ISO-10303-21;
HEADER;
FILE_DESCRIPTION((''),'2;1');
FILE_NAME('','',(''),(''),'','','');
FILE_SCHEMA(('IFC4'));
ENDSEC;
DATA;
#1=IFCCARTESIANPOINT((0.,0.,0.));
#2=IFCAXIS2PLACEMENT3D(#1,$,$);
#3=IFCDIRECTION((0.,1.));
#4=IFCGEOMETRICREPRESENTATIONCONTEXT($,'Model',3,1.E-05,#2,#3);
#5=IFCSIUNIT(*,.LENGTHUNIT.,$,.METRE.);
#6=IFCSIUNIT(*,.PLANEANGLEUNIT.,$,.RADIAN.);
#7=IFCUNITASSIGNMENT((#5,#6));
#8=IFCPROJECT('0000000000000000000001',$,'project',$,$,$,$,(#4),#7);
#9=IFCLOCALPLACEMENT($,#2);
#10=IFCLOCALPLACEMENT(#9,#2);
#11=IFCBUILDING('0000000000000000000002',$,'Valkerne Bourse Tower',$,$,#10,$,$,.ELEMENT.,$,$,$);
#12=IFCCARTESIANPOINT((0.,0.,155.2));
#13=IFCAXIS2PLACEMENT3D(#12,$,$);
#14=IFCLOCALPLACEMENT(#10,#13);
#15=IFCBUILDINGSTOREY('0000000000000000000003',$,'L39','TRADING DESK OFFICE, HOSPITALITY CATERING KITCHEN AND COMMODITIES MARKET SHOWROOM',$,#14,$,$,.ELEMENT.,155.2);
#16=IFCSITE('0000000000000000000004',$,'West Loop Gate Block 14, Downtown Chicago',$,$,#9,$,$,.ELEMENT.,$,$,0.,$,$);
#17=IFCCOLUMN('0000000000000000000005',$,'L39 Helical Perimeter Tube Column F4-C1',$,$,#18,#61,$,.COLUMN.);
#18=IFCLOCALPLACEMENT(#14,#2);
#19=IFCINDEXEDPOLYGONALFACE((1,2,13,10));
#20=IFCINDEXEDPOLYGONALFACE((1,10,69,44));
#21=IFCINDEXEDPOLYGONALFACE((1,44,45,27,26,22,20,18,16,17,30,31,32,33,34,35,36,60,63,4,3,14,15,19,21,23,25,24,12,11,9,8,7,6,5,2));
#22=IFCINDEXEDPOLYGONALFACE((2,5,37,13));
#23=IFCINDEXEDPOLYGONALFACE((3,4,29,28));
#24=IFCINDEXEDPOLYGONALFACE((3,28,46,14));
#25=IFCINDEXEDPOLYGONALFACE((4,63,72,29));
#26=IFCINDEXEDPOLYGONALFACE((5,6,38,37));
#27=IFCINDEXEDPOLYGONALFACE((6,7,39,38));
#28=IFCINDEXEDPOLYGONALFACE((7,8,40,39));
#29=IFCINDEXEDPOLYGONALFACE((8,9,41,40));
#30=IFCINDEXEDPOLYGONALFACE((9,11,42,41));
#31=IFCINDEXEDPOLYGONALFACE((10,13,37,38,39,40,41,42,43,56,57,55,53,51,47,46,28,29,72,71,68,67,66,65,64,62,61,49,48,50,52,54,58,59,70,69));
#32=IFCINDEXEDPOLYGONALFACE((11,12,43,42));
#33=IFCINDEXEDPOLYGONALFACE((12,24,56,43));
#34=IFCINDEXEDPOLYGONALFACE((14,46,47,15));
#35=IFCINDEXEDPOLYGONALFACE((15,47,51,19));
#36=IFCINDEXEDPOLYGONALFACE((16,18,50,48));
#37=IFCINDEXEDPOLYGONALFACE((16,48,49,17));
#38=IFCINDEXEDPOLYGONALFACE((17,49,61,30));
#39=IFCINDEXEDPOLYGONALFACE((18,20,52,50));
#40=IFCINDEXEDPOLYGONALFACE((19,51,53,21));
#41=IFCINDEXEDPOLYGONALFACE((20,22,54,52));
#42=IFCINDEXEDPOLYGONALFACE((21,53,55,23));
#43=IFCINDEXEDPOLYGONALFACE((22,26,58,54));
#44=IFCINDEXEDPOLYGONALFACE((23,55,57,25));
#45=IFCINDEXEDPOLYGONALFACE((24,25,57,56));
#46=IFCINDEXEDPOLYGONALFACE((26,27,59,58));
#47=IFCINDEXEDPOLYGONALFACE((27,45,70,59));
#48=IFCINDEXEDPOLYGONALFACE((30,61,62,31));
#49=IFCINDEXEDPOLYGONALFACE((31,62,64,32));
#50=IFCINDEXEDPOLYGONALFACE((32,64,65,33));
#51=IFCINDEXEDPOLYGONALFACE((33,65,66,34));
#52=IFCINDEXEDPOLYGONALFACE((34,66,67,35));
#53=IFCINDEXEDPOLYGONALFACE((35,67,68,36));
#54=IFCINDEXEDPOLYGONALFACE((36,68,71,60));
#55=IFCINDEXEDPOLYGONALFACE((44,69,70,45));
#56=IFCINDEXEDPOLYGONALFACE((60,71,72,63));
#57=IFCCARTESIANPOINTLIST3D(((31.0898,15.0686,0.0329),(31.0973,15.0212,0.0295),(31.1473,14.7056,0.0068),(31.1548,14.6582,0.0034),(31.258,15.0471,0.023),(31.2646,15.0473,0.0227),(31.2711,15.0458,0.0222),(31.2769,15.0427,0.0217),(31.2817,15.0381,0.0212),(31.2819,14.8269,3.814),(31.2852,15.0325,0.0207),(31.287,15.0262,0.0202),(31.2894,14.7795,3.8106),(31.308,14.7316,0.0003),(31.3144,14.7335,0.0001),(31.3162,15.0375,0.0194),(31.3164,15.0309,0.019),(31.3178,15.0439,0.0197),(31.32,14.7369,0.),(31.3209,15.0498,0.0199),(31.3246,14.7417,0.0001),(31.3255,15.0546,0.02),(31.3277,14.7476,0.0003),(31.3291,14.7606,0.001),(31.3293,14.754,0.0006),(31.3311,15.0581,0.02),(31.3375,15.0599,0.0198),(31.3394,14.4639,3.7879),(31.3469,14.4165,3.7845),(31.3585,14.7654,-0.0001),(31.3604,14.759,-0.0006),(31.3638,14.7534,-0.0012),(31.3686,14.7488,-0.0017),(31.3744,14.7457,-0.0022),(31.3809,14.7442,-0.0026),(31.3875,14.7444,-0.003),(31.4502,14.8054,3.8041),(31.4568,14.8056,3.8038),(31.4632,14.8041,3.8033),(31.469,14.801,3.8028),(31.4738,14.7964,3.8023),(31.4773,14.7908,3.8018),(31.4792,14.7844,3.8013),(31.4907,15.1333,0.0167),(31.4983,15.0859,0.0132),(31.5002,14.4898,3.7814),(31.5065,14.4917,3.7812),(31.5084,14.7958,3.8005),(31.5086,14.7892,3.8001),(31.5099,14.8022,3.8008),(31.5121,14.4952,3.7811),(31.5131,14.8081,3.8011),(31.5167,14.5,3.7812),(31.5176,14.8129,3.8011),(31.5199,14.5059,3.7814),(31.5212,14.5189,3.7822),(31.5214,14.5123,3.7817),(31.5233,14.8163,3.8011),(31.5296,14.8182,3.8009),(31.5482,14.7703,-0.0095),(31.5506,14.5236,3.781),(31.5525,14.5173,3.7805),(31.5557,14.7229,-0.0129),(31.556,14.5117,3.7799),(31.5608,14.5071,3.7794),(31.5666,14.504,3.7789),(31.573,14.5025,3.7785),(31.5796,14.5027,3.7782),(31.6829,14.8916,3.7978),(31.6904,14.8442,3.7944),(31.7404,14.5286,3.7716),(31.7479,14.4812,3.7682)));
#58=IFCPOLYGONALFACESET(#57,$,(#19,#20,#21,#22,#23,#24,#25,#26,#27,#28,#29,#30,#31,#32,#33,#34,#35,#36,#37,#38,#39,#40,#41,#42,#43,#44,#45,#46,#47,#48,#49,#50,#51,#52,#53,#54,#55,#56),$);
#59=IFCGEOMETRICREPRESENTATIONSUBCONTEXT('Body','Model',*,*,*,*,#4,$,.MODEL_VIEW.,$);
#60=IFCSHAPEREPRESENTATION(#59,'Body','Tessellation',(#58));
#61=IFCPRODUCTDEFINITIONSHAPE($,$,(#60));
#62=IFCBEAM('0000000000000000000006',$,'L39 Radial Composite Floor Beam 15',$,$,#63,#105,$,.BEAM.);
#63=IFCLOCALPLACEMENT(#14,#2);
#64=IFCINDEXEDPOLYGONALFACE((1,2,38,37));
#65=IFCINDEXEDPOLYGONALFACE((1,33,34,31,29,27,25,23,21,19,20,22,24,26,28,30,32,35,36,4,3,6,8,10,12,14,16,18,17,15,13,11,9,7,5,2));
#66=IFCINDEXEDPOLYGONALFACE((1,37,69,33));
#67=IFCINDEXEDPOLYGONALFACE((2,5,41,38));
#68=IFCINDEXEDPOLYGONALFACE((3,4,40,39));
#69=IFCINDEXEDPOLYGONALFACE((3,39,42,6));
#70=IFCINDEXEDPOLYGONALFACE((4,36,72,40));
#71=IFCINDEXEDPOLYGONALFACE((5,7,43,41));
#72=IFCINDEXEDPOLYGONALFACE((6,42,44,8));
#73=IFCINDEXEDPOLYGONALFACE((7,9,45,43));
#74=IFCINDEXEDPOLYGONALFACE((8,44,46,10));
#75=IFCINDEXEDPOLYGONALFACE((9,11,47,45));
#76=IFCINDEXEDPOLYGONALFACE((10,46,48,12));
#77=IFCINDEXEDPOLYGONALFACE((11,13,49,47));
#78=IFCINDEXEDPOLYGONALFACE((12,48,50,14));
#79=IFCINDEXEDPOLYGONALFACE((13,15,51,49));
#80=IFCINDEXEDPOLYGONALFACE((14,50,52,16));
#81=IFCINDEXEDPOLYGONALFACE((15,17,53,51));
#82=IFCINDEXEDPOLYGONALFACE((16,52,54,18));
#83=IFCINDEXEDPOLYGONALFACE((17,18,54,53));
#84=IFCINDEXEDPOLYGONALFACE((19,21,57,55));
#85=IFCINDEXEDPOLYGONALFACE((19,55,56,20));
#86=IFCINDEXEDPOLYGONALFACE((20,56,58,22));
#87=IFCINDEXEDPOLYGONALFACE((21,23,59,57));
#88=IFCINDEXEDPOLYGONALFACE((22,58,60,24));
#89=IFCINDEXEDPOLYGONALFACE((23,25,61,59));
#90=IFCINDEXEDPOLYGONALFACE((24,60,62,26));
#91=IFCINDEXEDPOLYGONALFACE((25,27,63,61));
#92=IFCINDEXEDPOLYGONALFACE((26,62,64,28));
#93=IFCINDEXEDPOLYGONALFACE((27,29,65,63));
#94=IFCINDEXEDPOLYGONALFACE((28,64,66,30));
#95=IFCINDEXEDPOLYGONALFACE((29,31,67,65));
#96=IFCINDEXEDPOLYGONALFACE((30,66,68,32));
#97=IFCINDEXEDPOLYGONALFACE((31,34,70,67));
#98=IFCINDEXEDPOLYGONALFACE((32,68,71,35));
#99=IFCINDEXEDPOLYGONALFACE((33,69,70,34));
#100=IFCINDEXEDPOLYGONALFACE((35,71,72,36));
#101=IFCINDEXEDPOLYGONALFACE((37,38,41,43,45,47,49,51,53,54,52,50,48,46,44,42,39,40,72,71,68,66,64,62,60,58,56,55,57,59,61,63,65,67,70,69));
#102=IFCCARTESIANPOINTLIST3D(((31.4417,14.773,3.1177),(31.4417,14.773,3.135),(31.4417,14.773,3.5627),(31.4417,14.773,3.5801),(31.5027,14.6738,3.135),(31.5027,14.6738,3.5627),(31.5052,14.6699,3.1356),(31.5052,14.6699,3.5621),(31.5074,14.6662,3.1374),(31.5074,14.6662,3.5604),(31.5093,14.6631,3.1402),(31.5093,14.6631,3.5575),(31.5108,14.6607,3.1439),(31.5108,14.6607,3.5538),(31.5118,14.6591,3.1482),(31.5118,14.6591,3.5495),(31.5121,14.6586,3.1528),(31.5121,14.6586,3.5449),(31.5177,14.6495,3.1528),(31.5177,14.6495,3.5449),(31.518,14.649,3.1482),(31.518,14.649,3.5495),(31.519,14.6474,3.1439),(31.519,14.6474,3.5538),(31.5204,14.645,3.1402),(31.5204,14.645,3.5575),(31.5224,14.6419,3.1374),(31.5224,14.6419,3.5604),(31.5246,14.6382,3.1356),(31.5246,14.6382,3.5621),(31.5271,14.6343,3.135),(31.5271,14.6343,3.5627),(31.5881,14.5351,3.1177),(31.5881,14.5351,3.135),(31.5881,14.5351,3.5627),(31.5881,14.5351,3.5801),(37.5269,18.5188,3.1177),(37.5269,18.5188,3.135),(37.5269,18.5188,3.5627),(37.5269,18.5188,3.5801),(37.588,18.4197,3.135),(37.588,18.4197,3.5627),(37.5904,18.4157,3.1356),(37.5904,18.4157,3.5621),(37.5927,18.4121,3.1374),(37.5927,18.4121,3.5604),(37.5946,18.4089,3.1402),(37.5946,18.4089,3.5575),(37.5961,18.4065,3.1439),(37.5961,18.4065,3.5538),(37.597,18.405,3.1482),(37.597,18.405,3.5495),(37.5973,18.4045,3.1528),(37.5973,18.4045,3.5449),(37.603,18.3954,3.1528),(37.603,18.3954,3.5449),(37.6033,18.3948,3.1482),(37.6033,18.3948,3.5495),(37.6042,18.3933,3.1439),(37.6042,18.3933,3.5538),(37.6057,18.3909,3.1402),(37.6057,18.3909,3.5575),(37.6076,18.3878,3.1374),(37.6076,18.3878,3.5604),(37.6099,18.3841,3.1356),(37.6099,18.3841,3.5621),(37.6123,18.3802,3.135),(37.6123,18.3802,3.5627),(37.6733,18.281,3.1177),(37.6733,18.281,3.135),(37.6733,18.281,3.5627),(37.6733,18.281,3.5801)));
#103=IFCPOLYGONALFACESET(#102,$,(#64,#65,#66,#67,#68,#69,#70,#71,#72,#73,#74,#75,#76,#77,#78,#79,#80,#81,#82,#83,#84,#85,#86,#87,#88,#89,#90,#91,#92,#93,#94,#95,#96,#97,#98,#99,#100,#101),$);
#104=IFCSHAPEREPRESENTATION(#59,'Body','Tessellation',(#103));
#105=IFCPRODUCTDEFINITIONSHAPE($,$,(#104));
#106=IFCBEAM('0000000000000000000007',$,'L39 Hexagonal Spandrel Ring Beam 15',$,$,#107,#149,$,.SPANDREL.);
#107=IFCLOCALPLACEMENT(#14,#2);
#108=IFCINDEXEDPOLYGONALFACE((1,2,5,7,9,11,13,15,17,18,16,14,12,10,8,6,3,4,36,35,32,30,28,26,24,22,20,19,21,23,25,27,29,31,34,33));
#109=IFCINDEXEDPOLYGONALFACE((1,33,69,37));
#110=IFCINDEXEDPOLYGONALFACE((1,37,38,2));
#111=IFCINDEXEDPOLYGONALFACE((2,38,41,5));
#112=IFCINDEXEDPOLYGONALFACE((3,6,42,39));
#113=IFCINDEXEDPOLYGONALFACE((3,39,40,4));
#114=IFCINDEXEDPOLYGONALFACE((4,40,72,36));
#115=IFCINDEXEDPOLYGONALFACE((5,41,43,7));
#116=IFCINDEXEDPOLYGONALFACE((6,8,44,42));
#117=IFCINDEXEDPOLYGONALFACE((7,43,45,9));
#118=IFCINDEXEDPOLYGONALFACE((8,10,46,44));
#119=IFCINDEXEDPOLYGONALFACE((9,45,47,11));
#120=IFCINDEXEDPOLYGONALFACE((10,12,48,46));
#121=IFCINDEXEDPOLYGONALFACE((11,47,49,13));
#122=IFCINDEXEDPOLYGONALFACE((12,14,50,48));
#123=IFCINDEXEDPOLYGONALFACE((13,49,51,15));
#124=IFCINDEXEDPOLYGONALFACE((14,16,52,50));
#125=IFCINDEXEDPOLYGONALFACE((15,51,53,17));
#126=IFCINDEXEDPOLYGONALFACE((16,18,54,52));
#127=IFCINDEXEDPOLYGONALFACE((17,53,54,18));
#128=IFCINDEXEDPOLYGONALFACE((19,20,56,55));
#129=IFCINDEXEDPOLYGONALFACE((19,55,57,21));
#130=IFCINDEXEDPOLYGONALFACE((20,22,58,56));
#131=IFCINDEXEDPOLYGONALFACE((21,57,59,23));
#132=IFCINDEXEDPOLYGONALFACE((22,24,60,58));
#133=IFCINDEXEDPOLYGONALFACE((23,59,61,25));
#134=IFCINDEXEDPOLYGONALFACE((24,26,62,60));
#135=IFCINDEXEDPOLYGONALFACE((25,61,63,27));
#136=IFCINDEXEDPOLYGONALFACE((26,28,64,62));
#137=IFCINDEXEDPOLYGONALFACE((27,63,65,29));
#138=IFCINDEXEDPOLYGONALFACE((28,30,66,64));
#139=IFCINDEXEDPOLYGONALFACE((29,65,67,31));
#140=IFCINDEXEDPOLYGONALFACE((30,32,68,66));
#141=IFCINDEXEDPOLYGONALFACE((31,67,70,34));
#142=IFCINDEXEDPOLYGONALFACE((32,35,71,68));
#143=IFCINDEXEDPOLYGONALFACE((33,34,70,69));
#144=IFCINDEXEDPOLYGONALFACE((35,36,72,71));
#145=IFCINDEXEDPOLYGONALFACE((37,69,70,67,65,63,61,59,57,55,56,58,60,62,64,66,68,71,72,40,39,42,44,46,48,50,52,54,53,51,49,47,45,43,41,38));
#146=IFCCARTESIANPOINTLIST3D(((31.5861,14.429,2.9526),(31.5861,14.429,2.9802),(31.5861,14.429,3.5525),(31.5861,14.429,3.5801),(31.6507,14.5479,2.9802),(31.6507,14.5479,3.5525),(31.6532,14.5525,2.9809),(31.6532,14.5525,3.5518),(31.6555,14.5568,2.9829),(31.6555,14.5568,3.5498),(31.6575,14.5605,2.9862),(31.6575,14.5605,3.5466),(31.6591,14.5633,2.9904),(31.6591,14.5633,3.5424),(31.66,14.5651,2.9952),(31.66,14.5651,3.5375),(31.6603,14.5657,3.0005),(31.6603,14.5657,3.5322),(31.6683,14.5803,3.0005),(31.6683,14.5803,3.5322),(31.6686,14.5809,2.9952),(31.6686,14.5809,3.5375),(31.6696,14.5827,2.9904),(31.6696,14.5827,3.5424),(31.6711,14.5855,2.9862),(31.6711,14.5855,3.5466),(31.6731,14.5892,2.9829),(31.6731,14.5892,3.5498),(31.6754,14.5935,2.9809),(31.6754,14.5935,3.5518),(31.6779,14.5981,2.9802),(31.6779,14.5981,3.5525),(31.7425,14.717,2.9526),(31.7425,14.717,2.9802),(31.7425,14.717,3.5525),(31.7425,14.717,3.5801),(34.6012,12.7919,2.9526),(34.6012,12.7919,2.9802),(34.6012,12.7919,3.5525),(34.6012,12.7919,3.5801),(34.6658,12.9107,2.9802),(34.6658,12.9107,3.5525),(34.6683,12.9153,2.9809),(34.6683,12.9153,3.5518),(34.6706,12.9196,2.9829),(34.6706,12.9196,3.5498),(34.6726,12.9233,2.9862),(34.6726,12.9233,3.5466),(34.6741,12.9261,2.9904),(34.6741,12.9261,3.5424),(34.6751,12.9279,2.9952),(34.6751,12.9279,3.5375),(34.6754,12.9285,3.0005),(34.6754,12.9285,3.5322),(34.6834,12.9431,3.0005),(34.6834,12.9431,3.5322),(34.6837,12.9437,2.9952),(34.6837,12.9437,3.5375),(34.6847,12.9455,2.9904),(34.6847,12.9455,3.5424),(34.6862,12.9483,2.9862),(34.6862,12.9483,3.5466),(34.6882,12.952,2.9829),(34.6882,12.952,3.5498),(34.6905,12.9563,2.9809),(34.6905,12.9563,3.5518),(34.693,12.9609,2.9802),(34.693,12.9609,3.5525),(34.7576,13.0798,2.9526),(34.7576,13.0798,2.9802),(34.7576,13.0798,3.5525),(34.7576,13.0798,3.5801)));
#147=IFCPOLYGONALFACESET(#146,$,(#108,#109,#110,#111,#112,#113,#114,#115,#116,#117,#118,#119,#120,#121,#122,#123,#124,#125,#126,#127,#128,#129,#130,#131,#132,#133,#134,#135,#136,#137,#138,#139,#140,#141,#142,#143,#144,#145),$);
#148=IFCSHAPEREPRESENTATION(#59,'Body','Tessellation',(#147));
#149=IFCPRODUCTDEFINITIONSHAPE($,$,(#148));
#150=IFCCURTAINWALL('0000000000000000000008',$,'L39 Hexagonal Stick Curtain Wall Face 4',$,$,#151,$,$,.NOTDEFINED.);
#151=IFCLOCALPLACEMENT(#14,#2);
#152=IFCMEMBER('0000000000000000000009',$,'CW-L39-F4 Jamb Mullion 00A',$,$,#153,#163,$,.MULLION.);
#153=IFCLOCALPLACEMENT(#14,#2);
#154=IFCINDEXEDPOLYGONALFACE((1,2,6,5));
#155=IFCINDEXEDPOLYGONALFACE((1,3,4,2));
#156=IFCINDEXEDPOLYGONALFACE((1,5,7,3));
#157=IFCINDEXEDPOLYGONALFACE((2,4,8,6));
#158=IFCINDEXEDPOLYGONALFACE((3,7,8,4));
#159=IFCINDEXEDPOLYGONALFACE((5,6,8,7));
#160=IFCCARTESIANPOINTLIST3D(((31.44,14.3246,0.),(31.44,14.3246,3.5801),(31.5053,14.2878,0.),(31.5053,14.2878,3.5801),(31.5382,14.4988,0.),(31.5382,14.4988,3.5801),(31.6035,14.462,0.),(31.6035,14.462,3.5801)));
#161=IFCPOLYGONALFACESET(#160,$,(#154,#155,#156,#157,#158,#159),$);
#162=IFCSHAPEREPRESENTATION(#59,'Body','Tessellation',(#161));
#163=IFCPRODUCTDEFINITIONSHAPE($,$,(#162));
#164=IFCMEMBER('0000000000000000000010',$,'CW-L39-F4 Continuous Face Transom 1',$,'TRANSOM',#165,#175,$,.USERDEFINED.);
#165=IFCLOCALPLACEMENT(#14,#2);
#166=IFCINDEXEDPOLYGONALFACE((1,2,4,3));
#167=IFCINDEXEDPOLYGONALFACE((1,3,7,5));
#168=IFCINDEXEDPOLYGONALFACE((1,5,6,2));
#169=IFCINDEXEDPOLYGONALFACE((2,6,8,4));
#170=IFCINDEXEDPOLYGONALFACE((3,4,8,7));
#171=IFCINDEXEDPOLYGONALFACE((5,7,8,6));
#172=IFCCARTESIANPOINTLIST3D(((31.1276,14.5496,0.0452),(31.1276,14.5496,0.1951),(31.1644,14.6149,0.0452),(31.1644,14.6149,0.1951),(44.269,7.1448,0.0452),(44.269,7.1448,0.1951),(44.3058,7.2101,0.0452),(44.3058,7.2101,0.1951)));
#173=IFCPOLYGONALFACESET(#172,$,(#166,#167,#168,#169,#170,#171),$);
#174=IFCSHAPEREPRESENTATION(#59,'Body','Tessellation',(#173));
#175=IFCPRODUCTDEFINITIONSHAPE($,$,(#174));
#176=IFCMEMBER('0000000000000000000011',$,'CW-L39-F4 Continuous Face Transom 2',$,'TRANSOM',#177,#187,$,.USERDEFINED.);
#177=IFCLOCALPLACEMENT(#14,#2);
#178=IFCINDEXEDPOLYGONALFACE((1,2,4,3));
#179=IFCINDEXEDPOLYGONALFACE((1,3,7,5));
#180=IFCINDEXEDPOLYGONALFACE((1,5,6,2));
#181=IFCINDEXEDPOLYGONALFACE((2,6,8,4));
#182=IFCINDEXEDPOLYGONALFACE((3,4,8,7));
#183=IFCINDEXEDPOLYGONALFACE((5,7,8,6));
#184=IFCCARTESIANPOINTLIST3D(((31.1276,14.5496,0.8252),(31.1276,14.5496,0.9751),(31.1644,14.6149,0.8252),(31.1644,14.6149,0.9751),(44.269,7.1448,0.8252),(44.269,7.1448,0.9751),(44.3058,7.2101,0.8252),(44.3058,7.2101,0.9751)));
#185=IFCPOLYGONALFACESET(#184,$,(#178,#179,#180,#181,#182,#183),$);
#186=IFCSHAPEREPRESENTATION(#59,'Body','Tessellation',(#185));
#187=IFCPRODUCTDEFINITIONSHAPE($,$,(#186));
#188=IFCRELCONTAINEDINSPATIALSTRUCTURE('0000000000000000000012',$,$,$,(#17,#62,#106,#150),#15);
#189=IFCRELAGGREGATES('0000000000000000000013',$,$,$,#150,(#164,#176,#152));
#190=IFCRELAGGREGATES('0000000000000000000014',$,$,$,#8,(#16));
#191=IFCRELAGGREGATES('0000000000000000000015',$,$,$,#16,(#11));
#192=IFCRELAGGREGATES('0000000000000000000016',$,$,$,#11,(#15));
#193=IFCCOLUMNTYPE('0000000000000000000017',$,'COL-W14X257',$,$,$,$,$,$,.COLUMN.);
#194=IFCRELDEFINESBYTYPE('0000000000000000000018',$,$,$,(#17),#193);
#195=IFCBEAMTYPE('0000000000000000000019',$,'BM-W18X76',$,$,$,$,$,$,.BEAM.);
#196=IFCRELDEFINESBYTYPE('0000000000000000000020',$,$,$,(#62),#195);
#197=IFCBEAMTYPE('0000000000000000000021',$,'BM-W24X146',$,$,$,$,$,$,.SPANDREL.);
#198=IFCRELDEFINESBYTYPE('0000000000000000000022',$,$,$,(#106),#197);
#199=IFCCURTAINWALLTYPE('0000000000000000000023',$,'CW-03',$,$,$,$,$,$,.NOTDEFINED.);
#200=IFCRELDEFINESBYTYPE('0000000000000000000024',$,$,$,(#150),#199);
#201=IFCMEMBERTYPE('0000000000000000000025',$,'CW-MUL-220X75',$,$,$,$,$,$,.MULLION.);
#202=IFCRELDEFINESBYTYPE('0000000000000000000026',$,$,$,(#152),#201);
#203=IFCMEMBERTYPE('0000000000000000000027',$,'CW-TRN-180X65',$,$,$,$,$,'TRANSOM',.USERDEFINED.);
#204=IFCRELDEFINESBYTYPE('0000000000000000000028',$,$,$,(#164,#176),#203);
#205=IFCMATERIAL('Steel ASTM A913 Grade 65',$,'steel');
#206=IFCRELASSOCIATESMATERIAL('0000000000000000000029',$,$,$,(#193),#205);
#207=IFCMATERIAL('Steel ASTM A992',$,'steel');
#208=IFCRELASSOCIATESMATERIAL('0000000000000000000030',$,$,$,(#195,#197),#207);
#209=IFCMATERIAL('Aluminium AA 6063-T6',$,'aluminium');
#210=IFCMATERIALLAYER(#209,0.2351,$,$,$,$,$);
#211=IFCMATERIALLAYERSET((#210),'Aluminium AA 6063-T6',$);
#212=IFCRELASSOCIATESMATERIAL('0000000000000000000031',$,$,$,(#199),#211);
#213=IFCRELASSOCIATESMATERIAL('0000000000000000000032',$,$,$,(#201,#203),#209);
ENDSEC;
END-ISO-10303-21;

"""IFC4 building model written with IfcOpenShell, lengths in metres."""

from ifc_helpers import new_model, si_unit, direction, frame, origin, origin_2d, place, context, subcontext, project, spatial, rectangle, i_section, extrude, material, layer, layer_set, material_profile, profile_set, type_object, element, aggregate, save


model = new_model("IFC4")

# Units and contexts
model_context = context("Model", 3, precision=1e-05, world=origin(), true_north=direction((0.0, 1.0)))
body_context = subcontext(model_context, "Body", "Model", "MODEL_VIEW")
ifc_project = project(units=[si_unit("LENGTHUNIT", "METRE"), si_unit("PLANEANGLEUNIT", "RADIAN")], contexts=[model_context])

# Site, building, storey
site_placement = place(None, origin())
site = spatial("IfcSite", under=ifc_project, at=site_placement, Name="West Loop Gate Block 14, Downtown Chicago", CompositionType="ELEMENT", RefElevation=0.0)
building_placement = place(site_placement, origin())
building = spatial("IfcBuilding", under=site, at=building_placement, Name="Valkerne Bourse Tower", CompositionType="ELEMENT")
storey_placement = place(building_placement, frame((0.0, 0.0, 155.2)))
storey = spatial("IfcBuildingStorey", under=building, at=storey_placement, Name="L39", Description="TRADING DESK OFFICE, HOSPITALITY CATERING KITCHEN AND COMMODITIES MARKET SHOWROOM", CompositionType="ELEMENT", Elevation=155.2)

# Column
ifc_material_1 = material(Name="Steel ASTM A913 Grade 65", Category="steel")
ifc_material_profile_1 = material_profile(ifc_material_1, i_section(OverallWidth=0.4065, OverallDepth=0.4165, WebThickness=0.0298, FlangeThickness=0.0481, FilletRadius=0.0254, at=origin_2d()), Name="W14X257")
ifc_profile_set_1 = profile_set([ifc_material_profile_1], Name="Steel ASTM A913 Grade 65")
column_type = type_object("IfcColumnType", Name="COL-W14X257", PredefinedType="COLUMN", material=ifc_profile_set_1)
column_placement = place(storey_placement, frame((31.3228, 14.8958, 0.01), z_axis=(0.050648, -0.063712, 0.996682), x_axis=(0.986447, 0.159139, -0.039955)))
element("IfcColumn", 1, at=column_placement, inside=storey, type_object=column_type, Name="L39 Helical Perimeter Tube Column F4-C1", PredefinedType="COLUMN", context=body_context, shape_type="SweptSolid", body=[
    extrude(i_section(OverallWidth=0.4065, OverallDepth=0.4165, WebThickness=0.0298, FlangeThickness=0.0481, FilletRadius=0.0254, at=origin_2d()), origin(), (0.0, 0.0, 1.0), 3.7937),
])

# Beams
ifc_material_2 = material(Name="Steel ASTM A992", Category="steel")
ifc_material_profile_2 = material_profile(ifc_material_2, i_section(OverallWidth=0.2793, OverallDepth=0.4624, WebThickness=0.0107, FlangeThickness=0.0173, FilletRadius=0.0178, at=origin_2d()), Name="W18X76")
ifc_profile_set_2 = profile_set([ifc_material_profile_2], Name="Steel ASTM A992")
beam_type_1 = type_object("IfcBeamType", Name="BM-W18X76", PredefinedType="BEAM", material=ifc_profile_set_2)
beam_1_placement = place(storey_placement, frame((31.5149, 14.6541, 3.3489), z_axis=(0.851589, 0.52421, 0.0), x_axis=(-0.52421, 0.851589, 0.0)))
element("IfcBeam", 2, at=beam_1_placement, inside=storey, type_object=beam_type_1, Name="L39 Radial Composite Floor Beam 15", PredefinedType="BEAM", context=body_context, shape_type="SweptSolid", body=[
    extrude(i_section(OverallWidth=0.2793, OverallDepth=0.4624, WebThickness=0.0107, FlangeThickness=0.0173, FilletRadius=0.0178, at=origin_2d()), origin(), (0.0, 0.0, 1.0), 7.1458),
])
ifc_material_profile_3 = material_profile(ifc_material_2, i_section(OverallWidth=0.3276, OverallDepth=0.6274, WebThickness=0.0166, FlangeThickness=0.0276, FilletRadius=0.0203, at=origin_2d()), Name="W24X146")
ifc_profile_set_3 = profile_set([ifc_material_profile_3], Name="Steel ASTM A992")
beam_type_2 = type_object("IfcBeamType", Name="BM-W24X146", PredefinedType="SPANDREL", material=ifc_profile_set_3)
beam_2_placement = place(storey_placement, frame((31.6643, 14.573, 3.2664), z_axis=(0.878802, -0.477186, 0.0), x_axis=(0.477186, 0.878802, 0.0)))
element("IfcBeam", 3, at=beam_2_placement, inside=storey, type_object=beam_type_2, Name="L39 Hexagonal Spandrel Ring Beam 15", PredefinedType="SPANDREL", context=body_context, shape_type="SweptSolid", body=[
    extrude(i_section(OverallWidth=0.3276, OverallDepth=0.6274, WebThickness=0.0166, FlangeThickness=0.0276, FilletRadius=0.0203, at=origin_2d()), origin(), (0.0, 0.0, 1.0), 3.4309),
])

# Curtain wall, members
ifc_material_3 = material(Name="Aluminium AA 6063-T6", Category="aluminium")
ifc_layer_1 = layer(ifc_material_3, 0.2351)
ifc_layer_set_1 = layer_set([ifc_layer_1], Name="Aluminium AA 6063-T6")
curtain_wall_type = type_object("IfcCurtainWallType", Name="CW-03", PredefinedType="NOTDEFINED", material=ifc_layer_set_1)
curtain_wall_placement = place(storey_placement, origin())
curtain_wall = element("IfcCurtainWall", 4, at=curtain_wall_placement, inside=storey, type_object=curtain_wall_type, Name="L39 Hexagonal Stick Curtain Wall Face 4", PredefinedType="NOTDEFINED")
ifc_material_profile_4 = material_profile(ifc_material_3, rectangle(XDim=0.075, YDim=0.2, at=origin_2d()), Name="CWM-75X200")
ifc_profile_set_4 = profile_set([ifc_material_profile_4], Name="Aluminium AA 6063-T6")
member_type_1 = type_object("IfcMemberType", Name="CW-MUL-220X75", PredefinedType="MULLION", material=ifc_profile_set_4)
member_1_placement = place(storey_placement, frame((31.5217, 14.3933, 0.0), z_axis=(0.0, 0.0, 1.0), x_axis=(0.871217, -0.490898, 0.0)))
member_1 = element("IfcMember", 5, at=member_1_placement, type_object=member_type_1, Name="CW-L39-F4 Jamb Mullion 00A", PredefinedType="MULLION", context=body_context, shape_type="SweptSolid", body=[
    extrude(rectangle(XDim=0.075, YDim=0.2, at=origin_2d()), origin(), (0.0, 0.0, 1.0), 3.5801),
])
ifc_material_profile_5 = material_profile(ifc_material_3, rectangle(XDim=0.075, YDim=0.1499, at=origin_2d()), Name="CWT-75X150")
ifc_profile_set_5 = profile_set([ifc_material_profile_5], Name="Aluminium AA 6063-T6")
member_type_2 = type_object("IfcMemberType", Name="CW-TRN-180X65", ElementType="TRANSOM", PredefinedType="USERDEFINED", material=ifc_profile_set_5)
member_2_placement = place(storey_placement, frame((31.146, 14.5823, 0.1201), z_axis=(0.871214, -0.490904, 0.0), x_axis=(0.490904, 0.871214, 0.0)))
member_2 = element("IfcMember", 6, at=member_2_placement, type_object=member_type_2, Name="CW-L39-F4 Continuous Face Transom 1", ObjectType="TRANSOM", PredefinedType="USERDEFINED", context=body_context, shape_type="SweptSolid", body=[
    extrude(rectangle(XDim=0.075, YDim=0.1499, at=origin_2d()), origin(), (0.0, 0.0, 1.0), 15.084),
])
member_3_placement = place(storey_placement, frame((31.146, 14.5823, 0.9001), z_axis=(0.871214, -0.490904, 0.0), x_axis=(0.490904, 0.871214, 0.0)))
member_3 = element("IfcMember", 7, at=member_3_placement, type_object=member_type_2, Name="CW-L39-F4 Continuous Face Transom 2", ObjectType="TRANSOM", PredefinedType="USERDEFINED", context=body_context, shape_type="SweptSolid", body=[
    extrude(rectangle(XDim=0.075, YDim=0.1499, at=origin_2d()), origin(), (0.0, 0.0, 1.0), 15.084),
])

aggregate(curtain_wall, [member_2, member_3, member_1])

save(model, "model.ifc")
